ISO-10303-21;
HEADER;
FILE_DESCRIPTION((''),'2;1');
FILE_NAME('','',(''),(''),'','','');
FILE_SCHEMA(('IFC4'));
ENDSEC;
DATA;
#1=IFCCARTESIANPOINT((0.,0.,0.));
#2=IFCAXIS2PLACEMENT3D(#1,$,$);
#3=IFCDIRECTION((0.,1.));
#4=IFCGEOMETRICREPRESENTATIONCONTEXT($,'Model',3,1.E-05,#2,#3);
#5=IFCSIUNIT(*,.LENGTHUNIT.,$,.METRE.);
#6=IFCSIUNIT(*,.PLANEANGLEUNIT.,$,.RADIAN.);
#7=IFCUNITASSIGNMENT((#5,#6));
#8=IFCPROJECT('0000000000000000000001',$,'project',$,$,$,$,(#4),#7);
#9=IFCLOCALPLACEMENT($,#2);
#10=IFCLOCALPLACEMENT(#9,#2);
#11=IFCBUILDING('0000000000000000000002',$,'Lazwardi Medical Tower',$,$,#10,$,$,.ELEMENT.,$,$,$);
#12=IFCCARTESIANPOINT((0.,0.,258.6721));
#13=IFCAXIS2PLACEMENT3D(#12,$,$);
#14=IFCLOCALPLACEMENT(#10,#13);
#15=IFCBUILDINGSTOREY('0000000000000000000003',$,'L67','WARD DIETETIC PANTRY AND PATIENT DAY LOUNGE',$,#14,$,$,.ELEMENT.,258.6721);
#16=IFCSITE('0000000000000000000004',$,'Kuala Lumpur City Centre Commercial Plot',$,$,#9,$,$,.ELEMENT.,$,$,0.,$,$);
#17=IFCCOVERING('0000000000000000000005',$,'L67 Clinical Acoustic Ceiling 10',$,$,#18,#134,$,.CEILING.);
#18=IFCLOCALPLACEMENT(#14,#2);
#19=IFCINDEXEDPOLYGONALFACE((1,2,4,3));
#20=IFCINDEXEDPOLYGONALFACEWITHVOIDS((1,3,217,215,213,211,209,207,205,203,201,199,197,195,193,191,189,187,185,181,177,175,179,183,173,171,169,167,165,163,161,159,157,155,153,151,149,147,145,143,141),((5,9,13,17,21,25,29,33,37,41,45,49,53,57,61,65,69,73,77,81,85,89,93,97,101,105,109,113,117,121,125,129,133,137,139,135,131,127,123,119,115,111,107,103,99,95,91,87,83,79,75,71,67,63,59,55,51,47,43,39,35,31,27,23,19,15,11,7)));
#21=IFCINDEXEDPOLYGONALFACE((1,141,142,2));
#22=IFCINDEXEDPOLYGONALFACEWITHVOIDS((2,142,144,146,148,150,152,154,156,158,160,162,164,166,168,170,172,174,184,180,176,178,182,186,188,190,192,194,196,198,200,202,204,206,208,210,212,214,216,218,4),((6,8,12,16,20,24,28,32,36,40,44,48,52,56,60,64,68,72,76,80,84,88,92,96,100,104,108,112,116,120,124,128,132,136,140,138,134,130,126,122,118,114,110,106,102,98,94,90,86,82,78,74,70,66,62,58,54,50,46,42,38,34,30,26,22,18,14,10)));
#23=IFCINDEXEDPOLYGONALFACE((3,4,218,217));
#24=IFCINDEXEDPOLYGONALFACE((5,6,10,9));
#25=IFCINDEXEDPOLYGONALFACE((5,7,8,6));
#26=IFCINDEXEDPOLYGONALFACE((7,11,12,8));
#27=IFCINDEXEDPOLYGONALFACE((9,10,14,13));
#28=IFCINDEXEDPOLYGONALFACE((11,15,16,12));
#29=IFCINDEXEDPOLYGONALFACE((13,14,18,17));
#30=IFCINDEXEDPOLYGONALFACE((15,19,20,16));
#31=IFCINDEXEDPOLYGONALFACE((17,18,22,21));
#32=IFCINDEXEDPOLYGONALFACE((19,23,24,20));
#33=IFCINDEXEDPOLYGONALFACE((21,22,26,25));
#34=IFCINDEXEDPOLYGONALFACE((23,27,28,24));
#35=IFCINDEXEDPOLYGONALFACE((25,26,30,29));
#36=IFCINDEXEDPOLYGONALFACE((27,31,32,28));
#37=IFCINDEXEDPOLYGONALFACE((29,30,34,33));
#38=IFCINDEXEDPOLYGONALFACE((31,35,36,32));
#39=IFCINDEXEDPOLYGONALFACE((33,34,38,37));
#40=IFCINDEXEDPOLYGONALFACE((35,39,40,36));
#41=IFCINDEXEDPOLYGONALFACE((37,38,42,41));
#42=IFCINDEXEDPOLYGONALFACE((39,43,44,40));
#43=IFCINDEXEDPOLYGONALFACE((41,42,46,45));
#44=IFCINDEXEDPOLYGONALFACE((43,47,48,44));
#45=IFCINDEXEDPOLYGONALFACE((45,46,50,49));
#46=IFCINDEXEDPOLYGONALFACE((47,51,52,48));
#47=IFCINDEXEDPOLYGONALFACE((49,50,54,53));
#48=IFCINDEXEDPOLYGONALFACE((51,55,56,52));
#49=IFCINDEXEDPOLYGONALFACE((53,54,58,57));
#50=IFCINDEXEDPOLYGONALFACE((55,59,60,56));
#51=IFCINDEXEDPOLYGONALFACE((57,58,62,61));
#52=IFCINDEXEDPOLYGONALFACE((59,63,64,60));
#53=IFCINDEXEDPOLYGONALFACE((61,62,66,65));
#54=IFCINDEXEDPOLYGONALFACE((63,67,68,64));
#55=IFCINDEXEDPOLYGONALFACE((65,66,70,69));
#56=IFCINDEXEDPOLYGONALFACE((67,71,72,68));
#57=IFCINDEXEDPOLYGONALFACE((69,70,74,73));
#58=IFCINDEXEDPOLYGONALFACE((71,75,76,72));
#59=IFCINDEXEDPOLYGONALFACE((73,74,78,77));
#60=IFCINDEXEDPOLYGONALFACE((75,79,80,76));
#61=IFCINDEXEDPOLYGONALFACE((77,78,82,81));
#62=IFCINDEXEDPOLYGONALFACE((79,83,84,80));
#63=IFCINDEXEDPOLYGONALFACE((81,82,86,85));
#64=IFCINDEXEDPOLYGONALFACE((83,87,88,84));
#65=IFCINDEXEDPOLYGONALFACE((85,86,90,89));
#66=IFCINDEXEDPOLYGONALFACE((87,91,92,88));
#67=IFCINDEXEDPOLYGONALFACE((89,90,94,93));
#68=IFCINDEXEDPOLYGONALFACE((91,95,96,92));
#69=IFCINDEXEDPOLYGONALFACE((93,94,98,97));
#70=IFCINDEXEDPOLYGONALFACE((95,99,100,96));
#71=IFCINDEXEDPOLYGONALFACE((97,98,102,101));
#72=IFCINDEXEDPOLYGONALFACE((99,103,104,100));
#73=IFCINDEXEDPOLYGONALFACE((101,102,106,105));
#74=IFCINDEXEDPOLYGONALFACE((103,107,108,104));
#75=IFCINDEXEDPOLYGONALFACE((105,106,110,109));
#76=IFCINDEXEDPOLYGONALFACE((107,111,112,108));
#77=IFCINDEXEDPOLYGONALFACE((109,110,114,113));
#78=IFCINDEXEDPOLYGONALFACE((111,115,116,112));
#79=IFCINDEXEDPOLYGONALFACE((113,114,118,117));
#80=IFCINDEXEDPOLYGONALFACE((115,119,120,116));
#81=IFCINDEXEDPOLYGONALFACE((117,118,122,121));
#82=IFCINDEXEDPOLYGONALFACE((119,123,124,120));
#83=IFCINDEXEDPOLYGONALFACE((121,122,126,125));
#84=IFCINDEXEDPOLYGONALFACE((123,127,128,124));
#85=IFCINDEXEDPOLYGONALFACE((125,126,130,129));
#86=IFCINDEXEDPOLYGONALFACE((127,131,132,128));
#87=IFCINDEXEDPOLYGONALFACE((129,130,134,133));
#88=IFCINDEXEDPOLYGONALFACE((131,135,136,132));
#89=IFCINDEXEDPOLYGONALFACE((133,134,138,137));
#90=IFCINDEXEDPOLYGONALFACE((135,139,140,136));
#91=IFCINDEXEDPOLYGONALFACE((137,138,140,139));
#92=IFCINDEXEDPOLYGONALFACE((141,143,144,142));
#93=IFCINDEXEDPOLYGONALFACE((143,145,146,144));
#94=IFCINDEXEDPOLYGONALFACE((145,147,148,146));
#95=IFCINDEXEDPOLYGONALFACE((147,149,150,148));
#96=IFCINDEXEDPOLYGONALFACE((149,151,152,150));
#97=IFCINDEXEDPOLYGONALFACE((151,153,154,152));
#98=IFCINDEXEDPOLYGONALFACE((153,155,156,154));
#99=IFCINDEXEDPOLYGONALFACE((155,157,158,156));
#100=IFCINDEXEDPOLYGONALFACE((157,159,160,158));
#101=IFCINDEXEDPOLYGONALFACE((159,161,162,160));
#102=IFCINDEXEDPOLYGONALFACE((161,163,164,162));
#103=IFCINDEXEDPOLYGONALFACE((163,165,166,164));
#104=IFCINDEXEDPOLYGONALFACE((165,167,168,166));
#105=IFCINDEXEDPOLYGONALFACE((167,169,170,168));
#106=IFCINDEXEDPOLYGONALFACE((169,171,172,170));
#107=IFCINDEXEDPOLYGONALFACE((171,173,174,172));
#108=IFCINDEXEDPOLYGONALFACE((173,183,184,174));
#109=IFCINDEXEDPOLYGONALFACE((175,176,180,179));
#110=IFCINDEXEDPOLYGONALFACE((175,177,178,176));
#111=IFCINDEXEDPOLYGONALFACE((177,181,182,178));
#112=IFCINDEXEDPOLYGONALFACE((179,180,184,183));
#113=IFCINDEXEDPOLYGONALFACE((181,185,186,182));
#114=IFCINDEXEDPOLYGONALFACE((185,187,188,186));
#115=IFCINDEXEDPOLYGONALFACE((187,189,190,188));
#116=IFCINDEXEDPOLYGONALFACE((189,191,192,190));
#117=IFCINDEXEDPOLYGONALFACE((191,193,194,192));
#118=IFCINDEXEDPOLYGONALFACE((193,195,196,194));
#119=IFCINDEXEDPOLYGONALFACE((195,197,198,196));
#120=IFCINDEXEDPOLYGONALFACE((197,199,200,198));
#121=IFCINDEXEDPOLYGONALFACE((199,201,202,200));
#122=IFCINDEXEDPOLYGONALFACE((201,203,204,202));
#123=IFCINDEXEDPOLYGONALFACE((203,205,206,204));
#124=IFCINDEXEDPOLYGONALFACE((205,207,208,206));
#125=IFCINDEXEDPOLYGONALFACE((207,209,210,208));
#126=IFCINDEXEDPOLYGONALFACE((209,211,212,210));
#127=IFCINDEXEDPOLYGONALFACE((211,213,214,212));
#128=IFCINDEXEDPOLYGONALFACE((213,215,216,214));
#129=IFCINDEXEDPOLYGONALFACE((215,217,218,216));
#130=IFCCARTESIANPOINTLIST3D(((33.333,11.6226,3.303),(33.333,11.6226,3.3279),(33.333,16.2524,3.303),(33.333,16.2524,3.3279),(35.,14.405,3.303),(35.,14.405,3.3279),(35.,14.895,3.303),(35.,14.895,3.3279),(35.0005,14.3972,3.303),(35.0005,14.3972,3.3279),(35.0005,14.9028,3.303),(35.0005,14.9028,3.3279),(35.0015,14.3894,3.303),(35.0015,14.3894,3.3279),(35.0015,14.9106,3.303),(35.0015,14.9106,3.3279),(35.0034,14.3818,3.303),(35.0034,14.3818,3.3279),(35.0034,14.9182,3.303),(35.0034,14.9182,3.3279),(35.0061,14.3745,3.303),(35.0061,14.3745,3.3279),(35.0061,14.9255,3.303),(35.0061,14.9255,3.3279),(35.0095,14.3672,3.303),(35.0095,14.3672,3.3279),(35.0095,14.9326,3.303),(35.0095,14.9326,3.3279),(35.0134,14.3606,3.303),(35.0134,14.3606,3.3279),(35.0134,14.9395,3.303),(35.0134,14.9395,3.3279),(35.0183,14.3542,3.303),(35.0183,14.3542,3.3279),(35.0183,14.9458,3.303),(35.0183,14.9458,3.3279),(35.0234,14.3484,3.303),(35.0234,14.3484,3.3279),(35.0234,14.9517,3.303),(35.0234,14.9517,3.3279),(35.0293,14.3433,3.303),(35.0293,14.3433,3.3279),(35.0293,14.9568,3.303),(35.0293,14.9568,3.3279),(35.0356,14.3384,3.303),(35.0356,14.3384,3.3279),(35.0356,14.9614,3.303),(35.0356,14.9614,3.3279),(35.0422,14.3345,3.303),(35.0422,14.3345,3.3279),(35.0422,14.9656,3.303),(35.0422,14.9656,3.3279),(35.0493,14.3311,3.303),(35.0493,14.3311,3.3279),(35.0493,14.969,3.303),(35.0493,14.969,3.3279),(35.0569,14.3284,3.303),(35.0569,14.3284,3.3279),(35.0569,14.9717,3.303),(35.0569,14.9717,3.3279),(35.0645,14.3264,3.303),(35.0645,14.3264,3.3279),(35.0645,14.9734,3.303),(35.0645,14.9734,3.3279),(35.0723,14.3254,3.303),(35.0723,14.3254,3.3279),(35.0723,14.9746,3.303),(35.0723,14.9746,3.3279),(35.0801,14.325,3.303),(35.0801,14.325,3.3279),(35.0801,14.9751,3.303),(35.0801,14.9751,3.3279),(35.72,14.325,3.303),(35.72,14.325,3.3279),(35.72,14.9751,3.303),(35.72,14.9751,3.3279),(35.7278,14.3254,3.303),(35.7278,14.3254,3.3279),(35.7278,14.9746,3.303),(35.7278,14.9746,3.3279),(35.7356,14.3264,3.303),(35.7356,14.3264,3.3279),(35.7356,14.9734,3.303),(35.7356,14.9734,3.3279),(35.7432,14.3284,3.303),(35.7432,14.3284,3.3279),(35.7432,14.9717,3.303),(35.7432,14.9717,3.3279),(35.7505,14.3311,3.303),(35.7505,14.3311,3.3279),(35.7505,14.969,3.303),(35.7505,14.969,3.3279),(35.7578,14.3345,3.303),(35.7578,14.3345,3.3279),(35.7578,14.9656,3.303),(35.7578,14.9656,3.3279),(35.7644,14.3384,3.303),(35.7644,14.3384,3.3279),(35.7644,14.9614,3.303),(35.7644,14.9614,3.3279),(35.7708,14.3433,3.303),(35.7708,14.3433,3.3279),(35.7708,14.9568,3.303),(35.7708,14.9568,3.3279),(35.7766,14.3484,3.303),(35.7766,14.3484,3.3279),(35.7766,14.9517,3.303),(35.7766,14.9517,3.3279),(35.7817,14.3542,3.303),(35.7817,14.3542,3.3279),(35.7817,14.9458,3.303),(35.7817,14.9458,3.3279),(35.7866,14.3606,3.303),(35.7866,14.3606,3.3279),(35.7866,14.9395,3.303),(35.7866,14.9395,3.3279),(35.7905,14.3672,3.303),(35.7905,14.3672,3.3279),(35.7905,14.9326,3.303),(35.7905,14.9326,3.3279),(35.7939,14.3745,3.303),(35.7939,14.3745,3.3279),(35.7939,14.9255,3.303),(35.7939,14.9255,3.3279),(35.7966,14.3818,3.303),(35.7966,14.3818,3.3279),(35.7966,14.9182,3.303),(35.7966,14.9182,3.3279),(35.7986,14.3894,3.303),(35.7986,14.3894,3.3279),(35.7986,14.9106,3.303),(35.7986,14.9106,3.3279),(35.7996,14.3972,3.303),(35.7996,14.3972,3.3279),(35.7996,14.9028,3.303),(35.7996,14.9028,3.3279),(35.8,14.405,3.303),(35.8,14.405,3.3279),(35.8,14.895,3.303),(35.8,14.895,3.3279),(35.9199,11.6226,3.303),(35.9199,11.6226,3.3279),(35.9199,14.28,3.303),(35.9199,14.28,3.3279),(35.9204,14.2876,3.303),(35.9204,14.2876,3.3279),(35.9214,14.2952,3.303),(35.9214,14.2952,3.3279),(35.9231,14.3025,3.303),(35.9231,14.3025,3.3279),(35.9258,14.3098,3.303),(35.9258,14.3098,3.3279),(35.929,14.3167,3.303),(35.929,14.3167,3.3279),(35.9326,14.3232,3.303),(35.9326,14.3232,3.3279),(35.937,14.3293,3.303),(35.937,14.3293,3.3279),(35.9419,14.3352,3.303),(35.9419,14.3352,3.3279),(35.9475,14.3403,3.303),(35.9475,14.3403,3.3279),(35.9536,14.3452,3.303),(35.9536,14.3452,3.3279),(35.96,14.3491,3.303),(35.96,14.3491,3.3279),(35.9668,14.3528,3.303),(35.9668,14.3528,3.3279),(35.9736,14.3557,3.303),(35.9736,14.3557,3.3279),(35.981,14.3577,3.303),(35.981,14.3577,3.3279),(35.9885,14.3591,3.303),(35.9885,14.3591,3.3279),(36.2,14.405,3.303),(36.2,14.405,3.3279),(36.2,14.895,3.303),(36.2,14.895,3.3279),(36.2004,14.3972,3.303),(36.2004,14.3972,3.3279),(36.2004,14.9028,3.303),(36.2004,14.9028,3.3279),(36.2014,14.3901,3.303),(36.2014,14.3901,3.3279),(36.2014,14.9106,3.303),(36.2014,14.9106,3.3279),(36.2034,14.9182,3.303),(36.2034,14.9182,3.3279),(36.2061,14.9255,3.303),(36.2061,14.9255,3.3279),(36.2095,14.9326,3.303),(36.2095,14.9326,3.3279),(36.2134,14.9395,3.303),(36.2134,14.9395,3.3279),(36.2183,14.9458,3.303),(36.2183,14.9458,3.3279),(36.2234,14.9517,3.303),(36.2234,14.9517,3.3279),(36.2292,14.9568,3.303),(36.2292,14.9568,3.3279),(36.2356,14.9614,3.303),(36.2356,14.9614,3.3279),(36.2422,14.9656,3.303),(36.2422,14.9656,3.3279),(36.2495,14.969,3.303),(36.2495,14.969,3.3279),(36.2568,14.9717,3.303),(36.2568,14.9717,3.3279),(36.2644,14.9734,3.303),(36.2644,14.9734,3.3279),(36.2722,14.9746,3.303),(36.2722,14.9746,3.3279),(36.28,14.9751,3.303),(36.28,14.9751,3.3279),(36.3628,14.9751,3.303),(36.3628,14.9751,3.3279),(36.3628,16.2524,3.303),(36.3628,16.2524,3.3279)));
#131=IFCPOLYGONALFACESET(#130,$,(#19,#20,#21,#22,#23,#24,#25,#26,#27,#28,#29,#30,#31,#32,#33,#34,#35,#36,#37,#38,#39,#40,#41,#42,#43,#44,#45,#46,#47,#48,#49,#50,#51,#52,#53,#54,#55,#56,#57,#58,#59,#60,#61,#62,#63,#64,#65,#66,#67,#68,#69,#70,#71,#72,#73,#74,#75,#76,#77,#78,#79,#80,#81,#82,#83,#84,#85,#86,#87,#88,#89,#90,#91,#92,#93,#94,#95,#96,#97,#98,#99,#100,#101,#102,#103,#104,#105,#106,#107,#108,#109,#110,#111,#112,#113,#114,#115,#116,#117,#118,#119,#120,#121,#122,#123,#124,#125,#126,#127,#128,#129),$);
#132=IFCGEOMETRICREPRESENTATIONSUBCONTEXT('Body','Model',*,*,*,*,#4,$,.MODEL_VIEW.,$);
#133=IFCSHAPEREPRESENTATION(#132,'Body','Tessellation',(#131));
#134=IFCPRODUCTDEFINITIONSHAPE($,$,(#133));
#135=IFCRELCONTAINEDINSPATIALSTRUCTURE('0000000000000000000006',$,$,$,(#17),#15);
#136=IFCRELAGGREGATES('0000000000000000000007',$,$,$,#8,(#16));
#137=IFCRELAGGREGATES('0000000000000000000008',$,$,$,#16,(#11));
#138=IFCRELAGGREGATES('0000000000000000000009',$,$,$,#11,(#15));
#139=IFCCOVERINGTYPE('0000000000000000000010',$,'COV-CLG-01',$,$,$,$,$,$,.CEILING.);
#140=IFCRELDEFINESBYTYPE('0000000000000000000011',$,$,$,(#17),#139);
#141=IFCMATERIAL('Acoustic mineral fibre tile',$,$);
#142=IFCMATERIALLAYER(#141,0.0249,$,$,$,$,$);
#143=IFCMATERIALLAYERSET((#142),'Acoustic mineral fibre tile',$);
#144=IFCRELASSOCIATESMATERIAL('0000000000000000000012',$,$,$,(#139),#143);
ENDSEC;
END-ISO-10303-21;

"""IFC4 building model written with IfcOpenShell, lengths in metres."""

from ifc_helpers import new_model, si_unit, direction, frame, origin, place, context, subcontext, project, spatial, polyline, outline, extrude, material, layer, layer_set, type_object, element, save


model = new_model("IFC4")

# Units and contexts
model_context = context("Model", 3, precision=1e-05, world=origin(), true_north=direction((0.0, 1.0)))
body_context = subcontext(model_context, "Body", "Model", "MODEL_VIEW")
ifc_project = project(units=[si_unit("LENGTHUNIT", "METRE"), si_unit("PLANEANGLEUNIT", "RADIAN")], contexts=[model_context])

# Site, building, storey
site_placement = place(None, origin())
site = spatial("IfcSite", under=ifc_project, at=site_placement, Name="Kuala Lumpur City Centre Commercial Plot", CompositionType="ELEMENT", RefElevation=0.0)
building_placement = place(site_placement, origin())
building = spatial("IfcBuilding", under=site, at=building_placement, Name="Lazwardi Medical Tower", CompositionType="ELEMENT")
storey_placement = place(building_placement, frame((0.0, 0.0, 258.6721)))
storey = spatial("IfcBuildingStorey", under=building, at=storey_placement, Name="L67", Description="WARD DIETETIC PANTRY AND PATIENT DAY LOUNGE", CompositionType="ELEMENT", Elevation=258.6721)

# Covering
ifc_material_1 = material(Name="Acoustic mineral fibre tile")
ifc_layer_1 = layer(ifc_material_1, 0.0249)
ifc_layer_set_1 = layer_set([ifc_layer_1], Name="Acoustic mineral fibre tile")
covering_type_1 = type_object("IfcCoveringType", Name="COV-CLG-01", PredefinedType="CEILING", material=ifc_layer_set_1)
covering_1_placement = place(storey_placement, frame((0.0, 0.0, 3.303)))
element("IfcCovering", 1, at=covering_1_placement, inside=storey, type_object=covering_type_1, Name="L67 Clinical Acoustic Ceiling 10", PredefinedType="CEILING", context=body_context, shape_type="SweptSolid", body=[
    extrude(outline(polyline([(35.9199, 11.6226), (35.9199, 14.28), (35.9204, 14.2876), (35.9214, 14.2952), (35.9231, 14.3025), (35.9258, 14.3098), (35.929, 14.3167), (35.9326, 14.3232), (35.937, 14.3293), (35.9419, 14.3352), (35.9475, 14.3403), (35.9536, 14.3452), (35.96, 14.3491), (35.9668, 14.3528), (35.9736, 14.3557), (35.981, 14.3577), (35.9885, 14.3591), (36.2014, 14.3901), (36.2004, 14.3972), (36.2, 14.405), (36.2, 14.895), (36.2004, 14.9028), (36.2014, 14.9106), (36.2034, 14.9182), (36.2061, 14.9255), (36.2095, 14.9326), (36.2134, 14.9395), (36.2183, 14.9458), (36.2234, 14.9517), (36.2292, 14.9568), (36.2356, 14.9614), (36.2422, 14.9656), (36.2495, 14.969), (36.2568, 14.9717), (36.2644, 14.9734), (36.2722, 14.9746), (36.28, 14.9751), (36.3628, 14.9751), (36.3628, 16.2524), (33.333, 16.2524), (33.333, 11.6226), (35.9199, 11.6226)]), holes=[polyline([(35.7432, 14.3284), (35.7356, 14.3264), (35.7278, 14.3254), (35.72, 14.325), (35.0801, 14.325), (35.0723, 14.3254), (35.0645, 14.3264), (35.0569, 14.3284), (35.0493, 14.3311), (35.0422, 14.3345), (35.0356, 14.3384), (35.0293, 14.3433), (35.0234, 14.3484), (35.0183, 14.3542), (35.0134, 14.3606), (35.0095, 14.3672), (35.0061, 14.3745), (35.0034, 14.3818), (35.0015, 14.3894), (35.0005, 14.3972), (35.0, 14.405), (35.0, 14.895), (35.0005, 14.9028), (35.0015, 14.9106), (35.0034, 14.9182), (35.0061, 14.9255), (35.0095, 14.9326), (35.0134, 14.9395), (35.0183, 14.9458), (35.0234, 14.9517), (35.0293, 14.9568), (35.0356, 14.9614), (35.0422, 14.9656), (35.0493, 14.969), (35.0569, 14.9717), (35.0645, 14.9734), (35.0723, 14.9746), (35.0801, 14.9751), (35.72, 14.9751), (35.7278, 14.9746), (35.7356, 14.9734), (35.7432, 14.9717), (35.7505, 14.969), (35.7578, 14.9656), (35.7644, 14.9614), (35.7708, 14.9568), (35.7766, 14.9517), (35.7817, 14.9458), (35.7866, 14.9395), (35.7905, 14.9326), (35.7939, 14.9255), (35.7966, 14.9182), (35.7986, 14.9106), (35.7996, 14.9028), (35.8, 14.895), (35.8, 14.405), (35.7996, 14.3972), (35.7986, 14.3894), (35.7966, 14.3818), (35.7939, 14.3745), (35.7905, 14.3672), (35.7866, 14.3606), (35.7817, 14.3542), (35.7766, 14.3484), (35.7708, 14.3433), (35.7644, 14.3384), (35.7578, 14.3345), (35.7505, 14.3311), (35.7432, 14.3284)])]), origin(), (0.0, 0.0, 1.0), 0.0249),
])

save(model, "model.ifc")
